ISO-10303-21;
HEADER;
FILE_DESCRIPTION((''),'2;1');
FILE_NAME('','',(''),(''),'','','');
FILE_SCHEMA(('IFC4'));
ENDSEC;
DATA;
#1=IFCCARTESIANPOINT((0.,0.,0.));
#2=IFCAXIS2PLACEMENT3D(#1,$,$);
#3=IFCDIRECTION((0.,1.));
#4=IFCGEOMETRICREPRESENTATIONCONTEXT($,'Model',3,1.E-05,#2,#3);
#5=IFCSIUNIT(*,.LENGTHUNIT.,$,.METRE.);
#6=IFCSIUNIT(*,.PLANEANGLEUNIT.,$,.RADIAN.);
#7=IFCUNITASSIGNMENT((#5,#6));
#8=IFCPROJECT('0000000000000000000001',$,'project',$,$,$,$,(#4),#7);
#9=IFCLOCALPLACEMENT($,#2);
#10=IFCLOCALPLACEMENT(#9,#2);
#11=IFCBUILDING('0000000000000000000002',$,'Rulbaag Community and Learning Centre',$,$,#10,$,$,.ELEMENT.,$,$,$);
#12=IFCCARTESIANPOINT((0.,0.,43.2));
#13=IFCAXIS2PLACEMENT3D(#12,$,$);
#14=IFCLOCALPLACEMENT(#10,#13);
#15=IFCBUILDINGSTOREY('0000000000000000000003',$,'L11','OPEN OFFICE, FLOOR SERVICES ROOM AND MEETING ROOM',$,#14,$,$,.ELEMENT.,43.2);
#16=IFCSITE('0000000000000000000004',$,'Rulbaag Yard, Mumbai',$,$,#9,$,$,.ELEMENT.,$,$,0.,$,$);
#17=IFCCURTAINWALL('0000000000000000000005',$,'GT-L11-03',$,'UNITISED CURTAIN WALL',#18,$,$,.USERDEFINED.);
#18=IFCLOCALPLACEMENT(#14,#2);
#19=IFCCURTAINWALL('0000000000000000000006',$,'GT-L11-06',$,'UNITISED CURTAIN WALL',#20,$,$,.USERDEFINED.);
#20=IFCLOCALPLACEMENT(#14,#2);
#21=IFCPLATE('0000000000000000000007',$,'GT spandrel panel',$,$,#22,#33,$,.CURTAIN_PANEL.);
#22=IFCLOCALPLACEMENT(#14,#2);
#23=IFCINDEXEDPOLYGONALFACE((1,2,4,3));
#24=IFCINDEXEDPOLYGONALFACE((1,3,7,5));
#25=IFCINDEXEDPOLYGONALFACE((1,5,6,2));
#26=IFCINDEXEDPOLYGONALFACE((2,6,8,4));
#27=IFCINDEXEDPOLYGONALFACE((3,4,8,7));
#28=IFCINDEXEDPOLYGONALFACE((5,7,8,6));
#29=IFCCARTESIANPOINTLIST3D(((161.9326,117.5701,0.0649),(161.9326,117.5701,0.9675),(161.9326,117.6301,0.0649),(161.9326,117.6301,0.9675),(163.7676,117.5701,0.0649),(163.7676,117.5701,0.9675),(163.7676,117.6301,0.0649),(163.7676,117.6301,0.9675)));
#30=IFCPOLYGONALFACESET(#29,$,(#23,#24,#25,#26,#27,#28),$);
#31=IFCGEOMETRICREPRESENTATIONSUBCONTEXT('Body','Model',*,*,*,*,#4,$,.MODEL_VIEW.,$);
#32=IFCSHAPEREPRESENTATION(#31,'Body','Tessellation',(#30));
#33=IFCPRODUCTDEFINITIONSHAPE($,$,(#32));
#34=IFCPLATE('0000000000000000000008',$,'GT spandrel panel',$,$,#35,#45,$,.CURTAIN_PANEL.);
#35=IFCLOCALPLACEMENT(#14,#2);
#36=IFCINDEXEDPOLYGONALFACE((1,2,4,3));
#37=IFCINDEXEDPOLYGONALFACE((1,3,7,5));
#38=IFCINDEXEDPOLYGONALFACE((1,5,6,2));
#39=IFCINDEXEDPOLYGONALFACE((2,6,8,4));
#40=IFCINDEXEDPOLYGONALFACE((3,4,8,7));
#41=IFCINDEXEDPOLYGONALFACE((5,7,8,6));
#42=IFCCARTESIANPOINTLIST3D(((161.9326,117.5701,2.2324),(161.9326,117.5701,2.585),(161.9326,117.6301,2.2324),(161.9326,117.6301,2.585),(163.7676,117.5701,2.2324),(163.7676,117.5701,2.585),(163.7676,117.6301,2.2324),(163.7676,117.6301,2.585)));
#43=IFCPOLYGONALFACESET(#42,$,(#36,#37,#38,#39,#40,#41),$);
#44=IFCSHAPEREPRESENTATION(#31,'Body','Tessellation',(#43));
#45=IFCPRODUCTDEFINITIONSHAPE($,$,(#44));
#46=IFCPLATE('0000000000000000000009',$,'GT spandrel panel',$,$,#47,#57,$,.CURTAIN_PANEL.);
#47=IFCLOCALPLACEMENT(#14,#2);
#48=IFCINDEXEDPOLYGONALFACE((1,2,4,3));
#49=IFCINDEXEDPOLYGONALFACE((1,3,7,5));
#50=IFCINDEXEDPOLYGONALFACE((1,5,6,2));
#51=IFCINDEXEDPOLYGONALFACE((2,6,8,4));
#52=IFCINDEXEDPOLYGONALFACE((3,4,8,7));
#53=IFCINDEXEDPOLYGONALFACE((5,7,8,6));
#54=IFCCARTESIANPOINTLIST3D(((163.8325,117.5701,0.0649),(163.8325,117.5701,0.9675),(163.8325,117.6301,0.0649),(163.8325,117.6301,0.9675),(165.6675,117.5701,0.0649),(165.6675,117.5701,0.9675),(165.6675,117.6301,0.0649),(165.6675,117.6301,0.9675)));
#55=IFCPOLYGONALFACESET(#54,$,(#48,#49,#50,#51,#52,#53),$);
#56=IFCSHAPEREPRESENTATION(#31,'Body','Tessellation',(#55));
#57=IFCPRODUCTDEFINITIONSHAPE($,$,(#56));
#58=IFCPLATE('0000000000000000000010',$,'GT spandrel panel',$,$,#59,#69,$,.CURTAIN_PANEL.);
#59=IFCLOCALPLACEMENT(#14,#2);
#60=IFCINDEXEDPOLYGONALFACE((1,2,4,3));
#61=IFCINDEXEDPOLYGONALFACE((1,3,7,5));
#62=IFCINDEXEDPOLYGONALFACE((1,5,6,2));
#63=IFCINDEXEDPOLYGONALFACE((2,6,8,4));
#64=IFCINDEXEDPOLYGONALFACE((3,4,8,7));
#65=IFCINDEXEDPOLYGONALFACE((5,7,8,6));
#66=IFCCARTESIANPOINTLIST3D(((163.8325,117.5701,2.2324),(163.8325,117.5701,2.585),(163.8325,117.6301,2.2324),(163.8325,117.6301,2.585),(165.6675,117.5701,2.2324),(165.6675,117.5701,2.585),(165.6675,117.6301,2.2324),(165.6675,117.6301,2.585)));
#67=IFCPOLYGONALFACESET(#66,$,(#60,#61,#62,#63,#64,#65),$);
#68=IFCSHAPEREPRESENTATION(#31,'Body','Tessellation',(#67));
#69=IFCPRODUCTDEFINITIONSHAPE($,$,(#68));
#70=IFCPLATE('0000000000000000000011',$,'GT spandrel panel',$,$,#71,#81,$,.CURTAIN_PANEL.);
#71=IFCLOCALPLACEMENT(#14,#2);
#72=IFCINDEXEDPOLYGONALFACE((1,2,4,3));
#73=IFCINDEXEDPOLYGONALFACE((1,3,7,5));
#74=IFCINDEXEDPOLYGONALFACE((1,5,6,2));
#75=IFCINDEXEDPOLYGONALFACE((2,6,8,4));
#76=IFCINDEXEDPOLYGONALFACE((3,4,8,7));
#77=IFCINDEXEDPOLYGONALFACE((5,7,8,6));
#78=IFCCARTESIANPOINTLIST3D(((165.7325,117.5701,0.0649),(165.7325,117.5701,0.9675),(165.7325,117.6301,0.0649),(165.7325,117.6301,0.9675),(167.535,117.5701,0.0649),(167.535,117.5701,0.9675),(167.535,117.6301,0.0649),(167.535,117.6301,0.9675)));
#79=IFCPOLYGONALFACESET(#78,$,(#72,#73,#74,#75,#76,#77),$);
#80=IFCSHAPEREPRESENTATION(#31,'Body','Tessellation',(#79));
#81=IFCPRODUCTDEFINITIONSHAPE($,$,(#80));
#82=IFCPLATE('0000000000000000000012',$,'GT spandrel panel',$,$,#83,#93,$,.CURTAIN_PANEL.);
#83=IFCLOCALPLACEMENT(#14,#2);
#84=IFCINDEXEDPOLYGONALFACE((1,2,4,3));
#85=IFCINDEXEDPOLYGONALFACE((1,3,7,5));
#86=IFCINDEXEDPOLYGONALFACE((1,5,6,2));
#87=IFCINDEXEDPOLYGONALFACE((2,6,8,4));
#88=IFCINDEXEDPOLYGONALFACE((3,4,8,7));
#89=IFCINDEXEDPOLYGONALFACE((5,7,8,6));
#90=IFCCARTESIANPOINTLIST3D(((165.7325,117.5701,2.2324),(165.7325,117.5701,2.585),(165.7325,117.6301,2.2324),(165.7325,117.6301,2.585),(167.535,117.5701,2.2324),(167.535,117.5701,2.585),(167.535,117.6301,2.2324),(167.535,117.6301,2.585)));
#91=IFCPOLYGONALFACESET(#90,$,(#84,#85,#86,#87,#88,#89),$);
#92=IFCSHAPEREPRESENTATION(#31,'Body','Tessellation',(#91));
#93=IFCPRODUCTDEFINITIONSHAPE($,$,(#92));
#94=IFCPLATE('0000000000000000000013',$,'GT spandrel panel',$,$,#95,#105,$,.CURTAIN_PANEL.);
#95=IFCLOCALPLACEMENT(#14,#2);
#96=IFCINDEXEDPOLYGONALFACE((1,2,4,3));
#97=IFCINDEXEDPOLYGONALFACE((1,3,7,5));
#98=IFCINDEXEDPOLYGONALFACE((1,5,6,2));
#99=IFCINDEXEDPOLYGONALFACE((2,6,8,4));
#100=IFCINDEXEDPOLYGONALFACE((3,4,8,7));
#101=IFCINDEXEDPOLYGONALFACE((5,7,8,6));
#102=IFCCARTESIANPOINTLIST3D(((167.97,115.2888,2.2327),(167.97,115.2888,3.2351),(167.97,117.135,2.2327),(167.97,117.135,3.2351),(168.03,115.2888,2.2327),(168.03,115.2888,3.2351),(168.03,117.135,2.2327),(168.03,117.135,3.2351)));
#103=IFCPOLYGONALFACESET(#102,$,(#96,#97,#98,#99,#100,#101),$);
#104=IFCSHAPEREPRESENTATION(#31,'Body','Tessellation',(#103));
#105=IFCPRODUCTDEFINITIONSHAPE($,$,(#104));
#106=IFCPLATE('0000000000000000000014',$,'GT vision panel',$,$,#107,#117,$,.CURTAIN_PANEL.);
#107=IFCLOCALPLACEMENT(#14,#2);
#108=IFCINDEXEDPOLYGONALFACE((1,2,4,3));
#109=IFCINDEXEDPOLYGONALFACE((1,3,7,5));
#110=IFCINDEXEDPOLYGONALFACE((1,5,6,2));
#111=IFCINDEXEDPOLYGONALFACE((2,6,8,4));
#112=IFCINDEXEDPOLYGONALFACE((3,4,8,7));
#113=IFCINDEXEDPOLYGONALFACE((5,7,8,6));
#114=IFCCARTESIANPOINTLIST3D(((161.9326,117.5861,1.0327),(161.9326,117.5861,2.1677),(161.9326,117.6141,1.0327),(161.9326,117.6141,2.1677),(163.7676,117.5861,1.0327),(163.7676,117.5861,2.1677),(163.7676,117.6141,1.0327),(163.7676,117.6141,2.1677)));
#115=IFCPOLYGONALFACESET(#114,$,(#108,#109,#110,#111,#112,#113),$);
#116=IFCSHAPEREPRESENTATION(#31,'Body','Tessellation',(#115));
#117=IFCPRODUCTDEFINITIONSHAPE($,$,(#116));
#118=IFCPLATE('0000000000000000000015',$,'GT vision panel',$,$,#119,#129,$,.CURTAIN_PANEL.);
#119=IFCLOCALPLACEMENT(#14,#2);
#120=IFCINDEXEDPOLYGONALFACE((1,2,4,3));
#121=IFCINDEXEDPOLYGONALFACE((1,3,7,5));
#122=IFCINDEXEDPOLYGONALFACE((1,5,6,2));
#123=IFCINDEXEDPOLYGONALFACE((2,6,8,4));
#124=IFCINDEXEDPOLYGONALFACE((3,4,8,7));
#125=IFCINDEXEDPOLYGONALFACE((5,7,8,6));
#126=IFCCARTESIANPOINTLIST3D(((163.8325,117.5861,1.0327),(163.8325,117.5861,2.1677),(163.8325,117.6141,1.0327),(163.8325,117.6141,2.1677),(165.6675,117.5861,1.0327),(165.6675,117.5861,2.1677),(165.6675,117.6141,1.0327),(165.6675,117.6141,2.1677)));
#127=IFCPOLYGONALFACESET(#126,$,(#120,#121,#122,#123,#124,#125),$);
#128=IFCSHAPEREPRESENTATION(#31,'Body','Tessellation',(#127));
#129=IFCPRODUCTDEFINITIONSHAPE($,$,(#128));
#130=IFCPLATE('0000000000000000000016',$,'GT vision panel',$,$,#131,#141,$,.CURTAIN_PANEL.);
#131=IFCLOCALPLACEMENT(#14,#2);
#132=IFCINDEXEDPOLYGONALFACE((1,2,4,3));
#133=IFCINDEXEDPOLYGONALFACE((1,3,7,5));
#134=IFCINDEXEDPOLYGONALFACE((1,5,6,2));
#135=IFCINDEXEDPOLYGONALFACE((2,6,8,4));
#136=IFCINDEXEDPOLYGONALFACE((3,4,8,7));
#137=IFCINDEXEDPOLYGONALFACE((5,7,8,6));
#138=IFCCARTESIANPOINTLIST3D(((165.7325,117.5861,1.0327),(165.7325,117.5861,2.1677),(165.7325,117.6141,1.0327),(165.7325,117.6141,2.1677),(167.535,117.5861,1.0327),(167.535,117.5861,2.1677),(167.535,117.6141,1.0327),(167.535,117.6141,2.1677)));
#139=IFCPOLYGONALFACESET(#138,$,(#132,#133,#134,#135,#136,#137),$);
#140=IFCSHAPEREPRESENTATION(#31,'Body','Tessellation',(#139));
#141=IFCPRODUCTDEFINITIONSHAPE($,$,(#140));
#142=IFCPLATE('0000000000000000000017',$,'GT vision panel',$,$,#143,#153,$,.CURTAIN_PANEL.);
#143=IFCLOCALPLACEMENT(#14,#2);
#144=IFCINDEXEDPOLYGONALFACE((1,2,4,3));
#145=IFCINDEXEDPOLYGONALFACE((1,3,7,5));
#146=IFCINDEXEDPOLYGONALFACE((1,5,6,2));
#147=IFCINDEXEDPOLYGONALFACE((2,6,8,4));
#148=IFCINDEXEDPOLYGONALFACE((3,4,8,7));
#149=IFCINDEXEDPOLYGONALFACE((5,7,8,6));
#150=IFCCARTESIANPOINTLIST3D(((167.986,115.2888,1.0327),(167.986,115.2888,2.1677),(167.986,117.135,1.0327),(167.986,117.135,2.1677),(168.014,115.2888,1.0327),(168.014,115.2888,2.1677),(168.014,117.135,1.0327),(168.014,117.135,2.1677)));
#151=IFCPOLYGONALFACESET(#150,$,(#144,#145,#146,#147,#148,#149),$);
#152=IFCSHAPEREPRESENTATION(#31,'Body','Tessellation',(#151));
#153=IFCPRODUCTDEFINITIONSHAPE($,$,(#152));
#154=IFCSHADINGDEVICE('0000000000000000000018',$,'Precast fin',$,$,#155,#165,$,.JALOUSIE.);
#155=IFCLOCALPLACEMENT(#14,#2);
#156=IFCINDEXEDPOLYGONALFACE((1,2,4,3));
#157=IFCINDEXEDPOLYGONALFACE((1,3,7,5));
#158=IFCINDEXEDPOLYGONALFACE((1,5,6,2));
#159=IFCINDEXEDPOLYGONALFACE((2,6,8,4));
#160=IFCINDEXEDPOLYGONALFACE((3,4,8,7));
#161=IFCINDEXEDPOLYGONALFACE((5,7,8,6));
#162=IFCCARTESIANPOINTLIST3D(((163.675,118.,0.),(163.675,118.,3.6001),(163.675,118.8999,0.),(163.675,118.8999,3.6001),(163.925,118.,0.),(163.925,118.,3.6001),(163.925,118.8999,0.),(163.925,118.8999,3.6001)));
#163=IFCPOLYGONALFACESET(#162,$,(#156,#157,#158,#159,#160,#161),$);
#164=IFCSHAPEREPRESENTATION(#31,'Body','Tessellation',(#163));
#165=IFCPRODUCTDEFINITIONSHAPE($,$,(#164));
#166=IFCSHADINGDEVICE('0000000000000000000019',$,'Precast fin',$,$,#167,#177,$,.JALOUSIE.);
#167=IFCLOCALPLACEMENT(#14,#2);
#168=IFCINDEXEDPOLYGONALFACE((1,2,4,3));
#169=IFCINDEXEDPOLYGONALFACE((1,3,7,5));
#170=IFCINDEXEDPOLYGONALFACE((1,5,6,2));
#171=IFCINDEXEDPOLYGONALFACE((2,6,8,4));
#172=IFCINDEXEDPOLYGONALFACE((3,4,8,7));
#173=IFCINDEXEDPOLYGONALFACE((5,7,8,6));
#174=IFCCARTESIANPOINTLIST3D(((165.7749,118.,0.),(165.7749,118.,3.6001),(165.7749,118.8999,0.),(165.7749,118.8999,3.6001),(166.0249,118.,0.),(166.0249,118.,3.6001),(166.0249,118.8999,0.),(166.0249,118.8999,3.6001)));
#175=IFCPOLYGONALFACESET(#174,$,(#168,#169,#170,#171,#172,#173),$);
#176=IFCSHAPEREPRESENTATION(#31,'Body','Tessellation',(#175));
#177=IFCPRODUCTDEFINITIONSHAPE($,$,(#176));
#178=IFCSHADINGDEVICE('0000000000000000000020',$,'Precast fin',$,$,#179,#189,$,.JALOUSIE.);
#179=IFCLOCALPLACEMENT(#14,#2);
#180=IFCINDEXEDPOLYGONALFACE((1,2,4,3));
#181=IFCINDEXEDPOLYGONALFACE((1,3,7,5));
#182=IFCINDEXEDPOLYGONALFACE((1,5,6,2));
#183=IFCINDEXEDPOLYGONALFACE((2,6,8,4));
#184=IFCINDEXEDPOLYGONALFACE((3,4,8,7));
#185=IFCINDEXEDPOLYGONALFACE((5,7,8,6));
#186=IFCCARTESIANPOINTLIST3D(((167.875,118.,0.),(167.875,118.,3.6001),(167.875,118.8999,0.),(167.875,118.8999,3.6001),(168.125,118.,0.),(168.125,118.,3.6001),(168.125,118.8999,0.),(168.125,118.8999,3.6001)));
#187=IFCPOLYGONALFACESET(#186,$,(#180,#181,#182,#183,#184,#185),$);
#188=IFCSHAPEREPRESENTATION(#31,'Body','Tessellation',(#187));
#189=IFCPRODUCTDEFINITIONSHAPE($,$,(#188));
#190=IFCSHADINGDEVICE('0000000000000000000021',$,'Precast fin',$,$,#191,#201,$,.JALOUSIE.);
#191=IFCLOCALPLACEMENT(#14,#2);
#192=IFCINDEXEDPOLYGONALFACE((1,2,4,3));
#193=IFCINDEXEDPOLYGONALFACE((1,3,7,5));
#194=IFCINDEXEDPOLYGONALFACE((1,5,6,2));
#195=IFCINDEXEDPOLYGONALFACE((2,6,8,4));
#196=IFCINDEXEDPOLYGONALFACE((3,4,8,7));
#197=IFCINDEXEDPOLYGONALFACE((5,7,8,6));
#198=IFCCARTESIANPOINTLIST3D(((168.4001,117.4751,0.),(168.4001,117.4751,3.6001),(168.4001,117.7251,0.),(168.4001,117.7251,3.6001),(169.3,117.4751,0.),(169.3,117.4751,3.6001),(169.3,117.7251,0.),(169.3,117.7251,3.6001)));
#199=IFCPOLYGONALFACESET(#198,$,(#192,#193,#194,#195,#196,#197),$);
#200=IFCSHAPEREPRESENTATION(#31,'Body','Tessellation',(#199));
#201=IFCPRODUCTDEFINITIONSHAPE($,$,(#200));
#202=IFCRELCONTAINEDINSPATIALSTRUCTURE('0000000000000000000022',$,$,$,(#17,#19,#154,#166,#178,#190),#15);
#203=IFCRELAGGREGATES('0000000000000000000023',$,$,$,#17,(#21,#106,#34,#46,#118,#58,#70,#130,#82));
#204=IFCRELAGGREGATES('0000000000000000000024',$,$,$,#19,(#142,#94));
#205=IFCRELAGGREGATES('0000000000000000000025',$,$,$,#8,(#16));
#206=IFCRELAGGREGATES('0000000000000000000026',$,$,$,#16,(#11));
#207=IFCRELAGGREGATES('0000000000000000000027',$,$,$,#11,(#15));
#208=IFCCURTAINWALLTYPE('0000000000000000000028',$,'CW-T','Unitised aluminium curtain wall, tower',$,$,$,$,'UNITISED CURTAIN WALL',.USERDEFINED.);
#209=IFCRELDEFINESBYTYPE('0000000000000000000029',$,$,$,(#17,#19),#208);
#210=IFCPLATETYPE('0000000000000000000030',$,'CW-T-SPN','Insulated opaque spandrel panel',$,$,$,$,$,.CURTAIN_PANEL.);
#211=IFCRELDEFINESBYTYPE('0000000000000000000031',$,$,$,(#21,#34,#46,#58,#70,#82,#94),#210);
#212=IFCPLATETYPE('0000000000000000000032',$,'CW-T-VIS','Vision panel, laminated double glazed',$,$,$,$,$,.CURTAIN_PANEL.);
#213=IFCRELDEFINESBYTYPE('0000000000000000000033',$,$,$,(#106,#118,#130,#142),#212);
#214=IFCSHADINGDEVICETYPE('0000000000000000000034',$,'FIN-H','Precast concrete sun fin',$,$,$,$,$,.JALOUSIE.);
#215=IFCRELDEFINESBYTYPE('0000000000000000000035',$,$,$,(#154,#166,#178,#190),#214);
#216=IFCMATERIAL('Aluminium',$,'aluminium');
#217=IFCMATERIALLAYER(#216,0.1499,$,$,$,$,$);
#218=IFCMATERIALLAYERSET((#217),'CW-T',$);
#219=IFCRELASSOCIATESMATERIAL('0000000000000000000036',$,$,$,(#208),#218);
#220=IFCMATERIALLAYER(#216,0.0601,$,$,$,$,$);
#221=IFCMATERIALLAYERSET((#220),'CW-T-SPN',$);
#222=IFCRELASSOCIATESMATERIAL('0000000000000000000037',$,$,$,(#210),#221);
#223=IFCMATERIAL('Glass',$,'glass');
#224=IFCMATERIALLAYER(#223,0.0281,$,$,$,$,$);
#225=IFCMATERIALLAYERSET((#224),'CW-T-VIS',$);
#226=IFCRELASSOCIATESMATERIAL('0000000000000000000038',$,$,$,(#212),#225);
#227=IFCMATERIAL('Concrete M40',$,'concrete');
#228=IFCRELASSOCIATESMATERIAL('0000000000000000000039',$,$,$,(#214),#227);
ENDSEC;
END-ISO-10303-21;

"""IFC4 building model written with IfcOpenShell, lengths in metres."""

from ifc_helpers import new_model, si_unit, direction, frame, origin, origin_2d, place, context, subcontext, project, spatial, rectangle, extrude, material, layer, layer_set, material_profile, profile_set, type_object, element, aggregate, save


model = new_model("IFC4")

# Units and contexts
model_context = context("Model", 3, precision=1e-05, world=origin(), true_north=direction((0.0, 1.0)))
body_context = subcontext(model_context, "Body", "Model", "MODEL_VIEW")
ifc_project = project(units=[si_unit("LENGTHUNIT", "METRE"), si_unit("PLANEANGLEUNIT", "RADIAN")], contexts=[model_context])

# Site, building, storey
site_placement = place(None, origin())
site = spatial("IfcSite", under=ifc_project, at=site_placement, Name="Rulbaag Yard, Mumbai", CompositionType="ELEMENT", RefElevation=0.0)
building_placement = place(site_placement, origin())
building = spatial("IfcBuilding", under=site, at=building_placement, Name="Rulbaag Community and Learning Centre", CompositionType="ELEMENT")
storey_placement = place(building_placement, frame((0.0, 0.0, 43.2)))
storey = spatial("IfcBuildingStorey", under=building, at=storey_placement, Name="L11", Description="OPEN OFFICE, FLOOR SERVICES ROOM AND MEETING ROOM", CompositionType="ELEMENT", Elevation=43.2)

# Curtain wall
ifc_material_1 = material(Name="Aluminium", Category="aluminium")
ifc_layer_1 = layer(ifc_material_1, 0.1499)
ifc_layer_set_1 = layer_set([ifc_layer_1], Name="CW-T")
curtain_wall_type = type_object("IfcCurtainWallType", Name="CW-T", Description="Unitised aluminium curtain wall, tower", ElementType="UNITISED CURTAIN WALL", PredefinedType="USERDEFINED", material=ifc_layer_set_1)
curtain_wall_1_placement = place(storey_placement, origin())
curtain_wall_1 = element("IfcCurtainWall", 1, at=curtain_wall_1_placement, inside=storey, type_object=curtain_wall_type, Name="GT-L11-03", ObjectType="UNITISED CURTAIN WALL", PredefinedType="USERDEFINED")

# Curtain wall
curtain_wall_2_placement = place(storey_placement, origin())
curtain_wall_2 = element("IfcCurtainWall", 2, at=curtain_wall_2_placement, inside=storey, type_object=curtain_wall_type, Name="GT-L11-06", ObjectType="UNITISED CURTAIN WALL", PredefinedType="USERDEFINED")

# Plates
ifc_layer_2 = layer(ifc_material_1, 0.0601)
ifc_layer_set_2 = layer_set([ifc_layer_2], Name="CW-T-SPN")
plate_type_1 = type_object("IfcPlateType", Name="CW-T-SPN", Description="Insulated opaque spandrel panel", PredefinedType="CURTAIN_PANEL", material=ifc_layer_set_2)
plate_1_placement = place(storey_placement, frame((162.8501, 117.6001, 0.0649), z_axis=(0.0, 0.0, 1.0), x_axis=(1.0, 0.0, 0.0)))
plate_1 = element("IfcPlate", 3, at=plate_1_placement, type_object=plate_type_1, Name="GT spandrel panel", PredefinedType="CURTAIN_PANEL", context=body_context, shape_type="SweptSolid", body=[
    extrude(rectangle(XDim=1.835, YDim=0.0601, at=origin_2d()), origin(), (0.0, 0.0, 1.0), 0.9026),
])
plate_2_placement = place(storey_placement, frame((162.8501, 117.6001, 2.2324), z_axis=(0.0, 0.0, 1.0), x_axis=(1.0, 0.0, 0.0)))
plate_2 = element("IfcPlate", 4, at=plate_2_placement, type_object=plate_type_1, Name="GT spandrel panel", PredefinedType="CURTAIN_PANEL", context=body_context, shape_type="SweptSolid", body=[
    extrude(rectangle(XDim=1.835, YDim=0.0601, at=origin_2d()), origin(), (0.0, 0.0, 1.0), 0.3525),
])
plate_3_placement = place(storey_placement, frame((164.75, 117.6001, 0.0649), z_axis=(0.0, 0.0, 1.0), x_axis=(1.0, 0.0, 0.0)))
plate_3 = element("IfcPlate", 5, at=plate_3_placement, type_object=plate_type_1, Name="GT spandrel panel", PredefinedType="CURTAIN_PANEL", context=body_context, shape_type="SweptSolid", body=[
    extrude(rectangle(XDim=1.835, YDim=0.0601, at=origin_2d()), origin(), (0.0, 0.0, 1.0), 0.9026),
])
plate_4_placement = place(storey_placement, frame((164.75, 117.6001, 2.2324), z_axis=(0.0, 0.0, 1.0), x_axis=(1.0, 0.0, 0.0)))
plate_4 = element("IfcPlate", 6, at=plate_4_placement, type_object=plate_type_1, Name="GT spandrel panel", PredefinedType="CURTAIN_PANEL", context=body_context, shape_type="SweptSolid", body=[
    extrude(rectangle(XDim=1.835, YDim=0.0601, at=origin_2d()), origin(), (0.0, 0.0, 1.0), 0.3525),
])
plate_5_placement = place(storey_placement, frame((166.6338, 117.6001, 0.0649), z_axis=(0.0, 0.0, 1.0), x_axis=(1.0, 0.0, 0.0)))
plate_5 = element("IfcPlate", 7, at=plate_5_placement, type_object=plate_type_1, Name="GT spandrel panel", PredefinedType="CURTAIN_PANEL", context=body_context, shape_type="SweptSolid", body=[
    extrude(rectangle(XDim=1.8025, YDim=0.0601, at=origin_2d()), origin(), (0.0, 0.0, 1.0), 0.9026),
])
plate_6_placement = place(storey_placement, frame((166.6338, 117.6001, 2.2324), z_axis=(0.0, 0.0, 1.0), x_axis=(1.0, 0.0, 0.0)))
plate_6 = element("IfcPlate", 8, at=plate_6_placement, type_object=plate_type_1, Name="GT spandrel panel", PredefinedType="CURTAIN_PANEL", context=body_context, shape_type="SweptSolid", body=[
    extrude(rectangle(XDim=1.8025, YDim=0.0601, at=origin_2d()), origin(), (0.0, 0.0, 1.0), 0.3525),
])
plate_7_placement = place(storey_placement, frame((168.0, 116.2119, 2.2327), z_axis=(0.0, 0.0, 1.0), x_axis=(0.0, 1.0, 0.0)))
plate_7 = element("IfcPlate", 9, at=plate_7_placement, type_object=plate_type_1, Name="GT spandrel panel", PredefinedType="CURTAIN_PANEL", context=body_context, shape_type="SweptSolid", body=[
    extrude(rectangle(XDim=1.8462, YDim=0.0601, at=origin_2d()), origin(), (0.0, 0.0, 1.0), 1.0024),
])
ifc_material_2 = material(Name="Glass", Category="glass")
ifc_layer_3 = layer(ifc_material_2, 0.0281)
ifc_layer_set_3 = layer_set([ifc_layer_3], Name="CW-T-VIS")
plate_type_2 = type_object("IfcPlateType", Name="CW-T-VIS", Description="Vision panel, laminated double glazed", PredefinedType="CURTAIN_PANEL", material=ifc_layer_set_3)
plate_8_placement = place(storey_placement, frame((162.8501, 117.6001, 1.0327), z_axis=(0.0, 0.0, 1.0), x_axis=(1.0, 0.0, 0.0)))
plate_8 = element("IfcPlate", 10, at=plate_8_placement, type_object=plate_type_2, Name="GT vision panel", PredefinedType="CURTAIN_PANEL", context=body_context, shape_type="SweptSolid", body=[
    extrude(rectangle(XDim=1.835, YDim=0.0281, at=origin_2d()), origin(), (0.0, 0.0, 1.0), 1.135),
])
plate_9_placement = place(storey_placement, frame((164.75, 117.6001, 1.0327), z_axis=(0.0, 0.0, 1.0), x_axis=(1.0, 0.0, 0.0)))
plate_9 = element("IfcPlate", 11, at=plate_9_placement, type_object=plate_type_2, Name="GT vision panel", PredefinedType="CURTAIN_PANEL", context=body_context, shape_type="SweptSolid", body=[
    extrude(rectangle(XDim=1.835, YDim=0.0281, at=origin_2d()), origin(), (0.0, 0.0, 1.0), 1.135),
])
plate_10_placement = place(storey_placement, frame((166.6338, 117.6001, 1.0327), z_axis=(0.0, 0.0, 1.0), x_axis=(1.0, 0.0, 0.0)))
plate_10 = element("IfcPlate", 12, at=plate_10_placement, type_object=plate_type_2, Name="GT vision panel", PredefinedType="CURTAIN_PANEL", context=body_context, shape_type="SweptSolid", body=[
    extrude(rectangle(XDim=1.8025, YDim=0.0281, at=origin_2d()), origin(), (0.0, 0.0, 1.0), 1.135),
])
aggregate(curtain_wall_1, [plate_1, plate_8, plate_2, plate_3, plate_9, plate_4, plate_5, plate_10, plate_6])
plate_11_placement = place(storey_placement, frame((168.0, 116.2119, 1.0327), z_axis=(0.0, 0.0, 1.0), x_axis=(0.0, 1.0, 0.0)))
plate_11 = element("IfcPlate", 13, at=plate_11_placement, type_object=plate_type_2, Name="GT vision panel", PredefinedType="CURTAIN_PANEL", context=body_context, shape_type="SweptSolid", body=[
    extrude(rectangle(XDim=1.8462, YDim=0.0281, at=origin_2d()), origin(), (0.0, 0.0, 1.0), 1.135),
])
aggregate(curtain_wall_2, [plate_11, plate_7])

# Shading devices
ifc_material_3 = material(Name="Concrete M40", Category="concrete")
ifc_material_profile_1 = material_profile(ifc_material_3, rectangle(XDim=0.25, YDim=0.8999, at=origin_2d()), Name="PC 250x900")
ifc_profile_set_1 = profile_set([ifc_material_profile_1], Name="Concrete M40")
shading_device_type = type_object("IfcShadingDeviceType", Name="FIN-H", Description="Precast concrete sun fin", PredefinedType="JALOUSIE", material=ifc_profile_set_1)
for number, where, z_axis, x_axis, name in (
    (14, (163.8, 118.45, 0.0), (0.0, 0.0, 1.0), (1.0, 0.0, 0.0), "Precast fin"),
    (15, (165.8999, 118.45, 0.0), (0.0, 0.0, 1.0), (1.0, 0.0, 0.0), "Precast fin"),
    (16, (168.0, 118.45, 0.0), (0.0, 0.0, 1.0), (1.0, 0.0, 0.0), "Precast fin"),
    (17, (168.8501, 117.6001, 0.0), (0.0, 0.0, 1.0), (0.0, 1.0, 0.0), "Precast fin"),
):
    element("IfcShadingDevice", number, at=place(storey_placement, frame(where, z_axis=z_axis, x_axis=x_axis)), inside=storey, type_object=shading_device_type, Name=name, PredefinedType="JALOUSIE", context=body_context, shape_type="SweptSolid", body=[
        extrude(rectangle(XDim=0.25, YDim=0.8999, at=origin_2d()), origin(), (0.0, 0.0, 1.0), 3.6001),
    ])

save(model, "model.ifc")
